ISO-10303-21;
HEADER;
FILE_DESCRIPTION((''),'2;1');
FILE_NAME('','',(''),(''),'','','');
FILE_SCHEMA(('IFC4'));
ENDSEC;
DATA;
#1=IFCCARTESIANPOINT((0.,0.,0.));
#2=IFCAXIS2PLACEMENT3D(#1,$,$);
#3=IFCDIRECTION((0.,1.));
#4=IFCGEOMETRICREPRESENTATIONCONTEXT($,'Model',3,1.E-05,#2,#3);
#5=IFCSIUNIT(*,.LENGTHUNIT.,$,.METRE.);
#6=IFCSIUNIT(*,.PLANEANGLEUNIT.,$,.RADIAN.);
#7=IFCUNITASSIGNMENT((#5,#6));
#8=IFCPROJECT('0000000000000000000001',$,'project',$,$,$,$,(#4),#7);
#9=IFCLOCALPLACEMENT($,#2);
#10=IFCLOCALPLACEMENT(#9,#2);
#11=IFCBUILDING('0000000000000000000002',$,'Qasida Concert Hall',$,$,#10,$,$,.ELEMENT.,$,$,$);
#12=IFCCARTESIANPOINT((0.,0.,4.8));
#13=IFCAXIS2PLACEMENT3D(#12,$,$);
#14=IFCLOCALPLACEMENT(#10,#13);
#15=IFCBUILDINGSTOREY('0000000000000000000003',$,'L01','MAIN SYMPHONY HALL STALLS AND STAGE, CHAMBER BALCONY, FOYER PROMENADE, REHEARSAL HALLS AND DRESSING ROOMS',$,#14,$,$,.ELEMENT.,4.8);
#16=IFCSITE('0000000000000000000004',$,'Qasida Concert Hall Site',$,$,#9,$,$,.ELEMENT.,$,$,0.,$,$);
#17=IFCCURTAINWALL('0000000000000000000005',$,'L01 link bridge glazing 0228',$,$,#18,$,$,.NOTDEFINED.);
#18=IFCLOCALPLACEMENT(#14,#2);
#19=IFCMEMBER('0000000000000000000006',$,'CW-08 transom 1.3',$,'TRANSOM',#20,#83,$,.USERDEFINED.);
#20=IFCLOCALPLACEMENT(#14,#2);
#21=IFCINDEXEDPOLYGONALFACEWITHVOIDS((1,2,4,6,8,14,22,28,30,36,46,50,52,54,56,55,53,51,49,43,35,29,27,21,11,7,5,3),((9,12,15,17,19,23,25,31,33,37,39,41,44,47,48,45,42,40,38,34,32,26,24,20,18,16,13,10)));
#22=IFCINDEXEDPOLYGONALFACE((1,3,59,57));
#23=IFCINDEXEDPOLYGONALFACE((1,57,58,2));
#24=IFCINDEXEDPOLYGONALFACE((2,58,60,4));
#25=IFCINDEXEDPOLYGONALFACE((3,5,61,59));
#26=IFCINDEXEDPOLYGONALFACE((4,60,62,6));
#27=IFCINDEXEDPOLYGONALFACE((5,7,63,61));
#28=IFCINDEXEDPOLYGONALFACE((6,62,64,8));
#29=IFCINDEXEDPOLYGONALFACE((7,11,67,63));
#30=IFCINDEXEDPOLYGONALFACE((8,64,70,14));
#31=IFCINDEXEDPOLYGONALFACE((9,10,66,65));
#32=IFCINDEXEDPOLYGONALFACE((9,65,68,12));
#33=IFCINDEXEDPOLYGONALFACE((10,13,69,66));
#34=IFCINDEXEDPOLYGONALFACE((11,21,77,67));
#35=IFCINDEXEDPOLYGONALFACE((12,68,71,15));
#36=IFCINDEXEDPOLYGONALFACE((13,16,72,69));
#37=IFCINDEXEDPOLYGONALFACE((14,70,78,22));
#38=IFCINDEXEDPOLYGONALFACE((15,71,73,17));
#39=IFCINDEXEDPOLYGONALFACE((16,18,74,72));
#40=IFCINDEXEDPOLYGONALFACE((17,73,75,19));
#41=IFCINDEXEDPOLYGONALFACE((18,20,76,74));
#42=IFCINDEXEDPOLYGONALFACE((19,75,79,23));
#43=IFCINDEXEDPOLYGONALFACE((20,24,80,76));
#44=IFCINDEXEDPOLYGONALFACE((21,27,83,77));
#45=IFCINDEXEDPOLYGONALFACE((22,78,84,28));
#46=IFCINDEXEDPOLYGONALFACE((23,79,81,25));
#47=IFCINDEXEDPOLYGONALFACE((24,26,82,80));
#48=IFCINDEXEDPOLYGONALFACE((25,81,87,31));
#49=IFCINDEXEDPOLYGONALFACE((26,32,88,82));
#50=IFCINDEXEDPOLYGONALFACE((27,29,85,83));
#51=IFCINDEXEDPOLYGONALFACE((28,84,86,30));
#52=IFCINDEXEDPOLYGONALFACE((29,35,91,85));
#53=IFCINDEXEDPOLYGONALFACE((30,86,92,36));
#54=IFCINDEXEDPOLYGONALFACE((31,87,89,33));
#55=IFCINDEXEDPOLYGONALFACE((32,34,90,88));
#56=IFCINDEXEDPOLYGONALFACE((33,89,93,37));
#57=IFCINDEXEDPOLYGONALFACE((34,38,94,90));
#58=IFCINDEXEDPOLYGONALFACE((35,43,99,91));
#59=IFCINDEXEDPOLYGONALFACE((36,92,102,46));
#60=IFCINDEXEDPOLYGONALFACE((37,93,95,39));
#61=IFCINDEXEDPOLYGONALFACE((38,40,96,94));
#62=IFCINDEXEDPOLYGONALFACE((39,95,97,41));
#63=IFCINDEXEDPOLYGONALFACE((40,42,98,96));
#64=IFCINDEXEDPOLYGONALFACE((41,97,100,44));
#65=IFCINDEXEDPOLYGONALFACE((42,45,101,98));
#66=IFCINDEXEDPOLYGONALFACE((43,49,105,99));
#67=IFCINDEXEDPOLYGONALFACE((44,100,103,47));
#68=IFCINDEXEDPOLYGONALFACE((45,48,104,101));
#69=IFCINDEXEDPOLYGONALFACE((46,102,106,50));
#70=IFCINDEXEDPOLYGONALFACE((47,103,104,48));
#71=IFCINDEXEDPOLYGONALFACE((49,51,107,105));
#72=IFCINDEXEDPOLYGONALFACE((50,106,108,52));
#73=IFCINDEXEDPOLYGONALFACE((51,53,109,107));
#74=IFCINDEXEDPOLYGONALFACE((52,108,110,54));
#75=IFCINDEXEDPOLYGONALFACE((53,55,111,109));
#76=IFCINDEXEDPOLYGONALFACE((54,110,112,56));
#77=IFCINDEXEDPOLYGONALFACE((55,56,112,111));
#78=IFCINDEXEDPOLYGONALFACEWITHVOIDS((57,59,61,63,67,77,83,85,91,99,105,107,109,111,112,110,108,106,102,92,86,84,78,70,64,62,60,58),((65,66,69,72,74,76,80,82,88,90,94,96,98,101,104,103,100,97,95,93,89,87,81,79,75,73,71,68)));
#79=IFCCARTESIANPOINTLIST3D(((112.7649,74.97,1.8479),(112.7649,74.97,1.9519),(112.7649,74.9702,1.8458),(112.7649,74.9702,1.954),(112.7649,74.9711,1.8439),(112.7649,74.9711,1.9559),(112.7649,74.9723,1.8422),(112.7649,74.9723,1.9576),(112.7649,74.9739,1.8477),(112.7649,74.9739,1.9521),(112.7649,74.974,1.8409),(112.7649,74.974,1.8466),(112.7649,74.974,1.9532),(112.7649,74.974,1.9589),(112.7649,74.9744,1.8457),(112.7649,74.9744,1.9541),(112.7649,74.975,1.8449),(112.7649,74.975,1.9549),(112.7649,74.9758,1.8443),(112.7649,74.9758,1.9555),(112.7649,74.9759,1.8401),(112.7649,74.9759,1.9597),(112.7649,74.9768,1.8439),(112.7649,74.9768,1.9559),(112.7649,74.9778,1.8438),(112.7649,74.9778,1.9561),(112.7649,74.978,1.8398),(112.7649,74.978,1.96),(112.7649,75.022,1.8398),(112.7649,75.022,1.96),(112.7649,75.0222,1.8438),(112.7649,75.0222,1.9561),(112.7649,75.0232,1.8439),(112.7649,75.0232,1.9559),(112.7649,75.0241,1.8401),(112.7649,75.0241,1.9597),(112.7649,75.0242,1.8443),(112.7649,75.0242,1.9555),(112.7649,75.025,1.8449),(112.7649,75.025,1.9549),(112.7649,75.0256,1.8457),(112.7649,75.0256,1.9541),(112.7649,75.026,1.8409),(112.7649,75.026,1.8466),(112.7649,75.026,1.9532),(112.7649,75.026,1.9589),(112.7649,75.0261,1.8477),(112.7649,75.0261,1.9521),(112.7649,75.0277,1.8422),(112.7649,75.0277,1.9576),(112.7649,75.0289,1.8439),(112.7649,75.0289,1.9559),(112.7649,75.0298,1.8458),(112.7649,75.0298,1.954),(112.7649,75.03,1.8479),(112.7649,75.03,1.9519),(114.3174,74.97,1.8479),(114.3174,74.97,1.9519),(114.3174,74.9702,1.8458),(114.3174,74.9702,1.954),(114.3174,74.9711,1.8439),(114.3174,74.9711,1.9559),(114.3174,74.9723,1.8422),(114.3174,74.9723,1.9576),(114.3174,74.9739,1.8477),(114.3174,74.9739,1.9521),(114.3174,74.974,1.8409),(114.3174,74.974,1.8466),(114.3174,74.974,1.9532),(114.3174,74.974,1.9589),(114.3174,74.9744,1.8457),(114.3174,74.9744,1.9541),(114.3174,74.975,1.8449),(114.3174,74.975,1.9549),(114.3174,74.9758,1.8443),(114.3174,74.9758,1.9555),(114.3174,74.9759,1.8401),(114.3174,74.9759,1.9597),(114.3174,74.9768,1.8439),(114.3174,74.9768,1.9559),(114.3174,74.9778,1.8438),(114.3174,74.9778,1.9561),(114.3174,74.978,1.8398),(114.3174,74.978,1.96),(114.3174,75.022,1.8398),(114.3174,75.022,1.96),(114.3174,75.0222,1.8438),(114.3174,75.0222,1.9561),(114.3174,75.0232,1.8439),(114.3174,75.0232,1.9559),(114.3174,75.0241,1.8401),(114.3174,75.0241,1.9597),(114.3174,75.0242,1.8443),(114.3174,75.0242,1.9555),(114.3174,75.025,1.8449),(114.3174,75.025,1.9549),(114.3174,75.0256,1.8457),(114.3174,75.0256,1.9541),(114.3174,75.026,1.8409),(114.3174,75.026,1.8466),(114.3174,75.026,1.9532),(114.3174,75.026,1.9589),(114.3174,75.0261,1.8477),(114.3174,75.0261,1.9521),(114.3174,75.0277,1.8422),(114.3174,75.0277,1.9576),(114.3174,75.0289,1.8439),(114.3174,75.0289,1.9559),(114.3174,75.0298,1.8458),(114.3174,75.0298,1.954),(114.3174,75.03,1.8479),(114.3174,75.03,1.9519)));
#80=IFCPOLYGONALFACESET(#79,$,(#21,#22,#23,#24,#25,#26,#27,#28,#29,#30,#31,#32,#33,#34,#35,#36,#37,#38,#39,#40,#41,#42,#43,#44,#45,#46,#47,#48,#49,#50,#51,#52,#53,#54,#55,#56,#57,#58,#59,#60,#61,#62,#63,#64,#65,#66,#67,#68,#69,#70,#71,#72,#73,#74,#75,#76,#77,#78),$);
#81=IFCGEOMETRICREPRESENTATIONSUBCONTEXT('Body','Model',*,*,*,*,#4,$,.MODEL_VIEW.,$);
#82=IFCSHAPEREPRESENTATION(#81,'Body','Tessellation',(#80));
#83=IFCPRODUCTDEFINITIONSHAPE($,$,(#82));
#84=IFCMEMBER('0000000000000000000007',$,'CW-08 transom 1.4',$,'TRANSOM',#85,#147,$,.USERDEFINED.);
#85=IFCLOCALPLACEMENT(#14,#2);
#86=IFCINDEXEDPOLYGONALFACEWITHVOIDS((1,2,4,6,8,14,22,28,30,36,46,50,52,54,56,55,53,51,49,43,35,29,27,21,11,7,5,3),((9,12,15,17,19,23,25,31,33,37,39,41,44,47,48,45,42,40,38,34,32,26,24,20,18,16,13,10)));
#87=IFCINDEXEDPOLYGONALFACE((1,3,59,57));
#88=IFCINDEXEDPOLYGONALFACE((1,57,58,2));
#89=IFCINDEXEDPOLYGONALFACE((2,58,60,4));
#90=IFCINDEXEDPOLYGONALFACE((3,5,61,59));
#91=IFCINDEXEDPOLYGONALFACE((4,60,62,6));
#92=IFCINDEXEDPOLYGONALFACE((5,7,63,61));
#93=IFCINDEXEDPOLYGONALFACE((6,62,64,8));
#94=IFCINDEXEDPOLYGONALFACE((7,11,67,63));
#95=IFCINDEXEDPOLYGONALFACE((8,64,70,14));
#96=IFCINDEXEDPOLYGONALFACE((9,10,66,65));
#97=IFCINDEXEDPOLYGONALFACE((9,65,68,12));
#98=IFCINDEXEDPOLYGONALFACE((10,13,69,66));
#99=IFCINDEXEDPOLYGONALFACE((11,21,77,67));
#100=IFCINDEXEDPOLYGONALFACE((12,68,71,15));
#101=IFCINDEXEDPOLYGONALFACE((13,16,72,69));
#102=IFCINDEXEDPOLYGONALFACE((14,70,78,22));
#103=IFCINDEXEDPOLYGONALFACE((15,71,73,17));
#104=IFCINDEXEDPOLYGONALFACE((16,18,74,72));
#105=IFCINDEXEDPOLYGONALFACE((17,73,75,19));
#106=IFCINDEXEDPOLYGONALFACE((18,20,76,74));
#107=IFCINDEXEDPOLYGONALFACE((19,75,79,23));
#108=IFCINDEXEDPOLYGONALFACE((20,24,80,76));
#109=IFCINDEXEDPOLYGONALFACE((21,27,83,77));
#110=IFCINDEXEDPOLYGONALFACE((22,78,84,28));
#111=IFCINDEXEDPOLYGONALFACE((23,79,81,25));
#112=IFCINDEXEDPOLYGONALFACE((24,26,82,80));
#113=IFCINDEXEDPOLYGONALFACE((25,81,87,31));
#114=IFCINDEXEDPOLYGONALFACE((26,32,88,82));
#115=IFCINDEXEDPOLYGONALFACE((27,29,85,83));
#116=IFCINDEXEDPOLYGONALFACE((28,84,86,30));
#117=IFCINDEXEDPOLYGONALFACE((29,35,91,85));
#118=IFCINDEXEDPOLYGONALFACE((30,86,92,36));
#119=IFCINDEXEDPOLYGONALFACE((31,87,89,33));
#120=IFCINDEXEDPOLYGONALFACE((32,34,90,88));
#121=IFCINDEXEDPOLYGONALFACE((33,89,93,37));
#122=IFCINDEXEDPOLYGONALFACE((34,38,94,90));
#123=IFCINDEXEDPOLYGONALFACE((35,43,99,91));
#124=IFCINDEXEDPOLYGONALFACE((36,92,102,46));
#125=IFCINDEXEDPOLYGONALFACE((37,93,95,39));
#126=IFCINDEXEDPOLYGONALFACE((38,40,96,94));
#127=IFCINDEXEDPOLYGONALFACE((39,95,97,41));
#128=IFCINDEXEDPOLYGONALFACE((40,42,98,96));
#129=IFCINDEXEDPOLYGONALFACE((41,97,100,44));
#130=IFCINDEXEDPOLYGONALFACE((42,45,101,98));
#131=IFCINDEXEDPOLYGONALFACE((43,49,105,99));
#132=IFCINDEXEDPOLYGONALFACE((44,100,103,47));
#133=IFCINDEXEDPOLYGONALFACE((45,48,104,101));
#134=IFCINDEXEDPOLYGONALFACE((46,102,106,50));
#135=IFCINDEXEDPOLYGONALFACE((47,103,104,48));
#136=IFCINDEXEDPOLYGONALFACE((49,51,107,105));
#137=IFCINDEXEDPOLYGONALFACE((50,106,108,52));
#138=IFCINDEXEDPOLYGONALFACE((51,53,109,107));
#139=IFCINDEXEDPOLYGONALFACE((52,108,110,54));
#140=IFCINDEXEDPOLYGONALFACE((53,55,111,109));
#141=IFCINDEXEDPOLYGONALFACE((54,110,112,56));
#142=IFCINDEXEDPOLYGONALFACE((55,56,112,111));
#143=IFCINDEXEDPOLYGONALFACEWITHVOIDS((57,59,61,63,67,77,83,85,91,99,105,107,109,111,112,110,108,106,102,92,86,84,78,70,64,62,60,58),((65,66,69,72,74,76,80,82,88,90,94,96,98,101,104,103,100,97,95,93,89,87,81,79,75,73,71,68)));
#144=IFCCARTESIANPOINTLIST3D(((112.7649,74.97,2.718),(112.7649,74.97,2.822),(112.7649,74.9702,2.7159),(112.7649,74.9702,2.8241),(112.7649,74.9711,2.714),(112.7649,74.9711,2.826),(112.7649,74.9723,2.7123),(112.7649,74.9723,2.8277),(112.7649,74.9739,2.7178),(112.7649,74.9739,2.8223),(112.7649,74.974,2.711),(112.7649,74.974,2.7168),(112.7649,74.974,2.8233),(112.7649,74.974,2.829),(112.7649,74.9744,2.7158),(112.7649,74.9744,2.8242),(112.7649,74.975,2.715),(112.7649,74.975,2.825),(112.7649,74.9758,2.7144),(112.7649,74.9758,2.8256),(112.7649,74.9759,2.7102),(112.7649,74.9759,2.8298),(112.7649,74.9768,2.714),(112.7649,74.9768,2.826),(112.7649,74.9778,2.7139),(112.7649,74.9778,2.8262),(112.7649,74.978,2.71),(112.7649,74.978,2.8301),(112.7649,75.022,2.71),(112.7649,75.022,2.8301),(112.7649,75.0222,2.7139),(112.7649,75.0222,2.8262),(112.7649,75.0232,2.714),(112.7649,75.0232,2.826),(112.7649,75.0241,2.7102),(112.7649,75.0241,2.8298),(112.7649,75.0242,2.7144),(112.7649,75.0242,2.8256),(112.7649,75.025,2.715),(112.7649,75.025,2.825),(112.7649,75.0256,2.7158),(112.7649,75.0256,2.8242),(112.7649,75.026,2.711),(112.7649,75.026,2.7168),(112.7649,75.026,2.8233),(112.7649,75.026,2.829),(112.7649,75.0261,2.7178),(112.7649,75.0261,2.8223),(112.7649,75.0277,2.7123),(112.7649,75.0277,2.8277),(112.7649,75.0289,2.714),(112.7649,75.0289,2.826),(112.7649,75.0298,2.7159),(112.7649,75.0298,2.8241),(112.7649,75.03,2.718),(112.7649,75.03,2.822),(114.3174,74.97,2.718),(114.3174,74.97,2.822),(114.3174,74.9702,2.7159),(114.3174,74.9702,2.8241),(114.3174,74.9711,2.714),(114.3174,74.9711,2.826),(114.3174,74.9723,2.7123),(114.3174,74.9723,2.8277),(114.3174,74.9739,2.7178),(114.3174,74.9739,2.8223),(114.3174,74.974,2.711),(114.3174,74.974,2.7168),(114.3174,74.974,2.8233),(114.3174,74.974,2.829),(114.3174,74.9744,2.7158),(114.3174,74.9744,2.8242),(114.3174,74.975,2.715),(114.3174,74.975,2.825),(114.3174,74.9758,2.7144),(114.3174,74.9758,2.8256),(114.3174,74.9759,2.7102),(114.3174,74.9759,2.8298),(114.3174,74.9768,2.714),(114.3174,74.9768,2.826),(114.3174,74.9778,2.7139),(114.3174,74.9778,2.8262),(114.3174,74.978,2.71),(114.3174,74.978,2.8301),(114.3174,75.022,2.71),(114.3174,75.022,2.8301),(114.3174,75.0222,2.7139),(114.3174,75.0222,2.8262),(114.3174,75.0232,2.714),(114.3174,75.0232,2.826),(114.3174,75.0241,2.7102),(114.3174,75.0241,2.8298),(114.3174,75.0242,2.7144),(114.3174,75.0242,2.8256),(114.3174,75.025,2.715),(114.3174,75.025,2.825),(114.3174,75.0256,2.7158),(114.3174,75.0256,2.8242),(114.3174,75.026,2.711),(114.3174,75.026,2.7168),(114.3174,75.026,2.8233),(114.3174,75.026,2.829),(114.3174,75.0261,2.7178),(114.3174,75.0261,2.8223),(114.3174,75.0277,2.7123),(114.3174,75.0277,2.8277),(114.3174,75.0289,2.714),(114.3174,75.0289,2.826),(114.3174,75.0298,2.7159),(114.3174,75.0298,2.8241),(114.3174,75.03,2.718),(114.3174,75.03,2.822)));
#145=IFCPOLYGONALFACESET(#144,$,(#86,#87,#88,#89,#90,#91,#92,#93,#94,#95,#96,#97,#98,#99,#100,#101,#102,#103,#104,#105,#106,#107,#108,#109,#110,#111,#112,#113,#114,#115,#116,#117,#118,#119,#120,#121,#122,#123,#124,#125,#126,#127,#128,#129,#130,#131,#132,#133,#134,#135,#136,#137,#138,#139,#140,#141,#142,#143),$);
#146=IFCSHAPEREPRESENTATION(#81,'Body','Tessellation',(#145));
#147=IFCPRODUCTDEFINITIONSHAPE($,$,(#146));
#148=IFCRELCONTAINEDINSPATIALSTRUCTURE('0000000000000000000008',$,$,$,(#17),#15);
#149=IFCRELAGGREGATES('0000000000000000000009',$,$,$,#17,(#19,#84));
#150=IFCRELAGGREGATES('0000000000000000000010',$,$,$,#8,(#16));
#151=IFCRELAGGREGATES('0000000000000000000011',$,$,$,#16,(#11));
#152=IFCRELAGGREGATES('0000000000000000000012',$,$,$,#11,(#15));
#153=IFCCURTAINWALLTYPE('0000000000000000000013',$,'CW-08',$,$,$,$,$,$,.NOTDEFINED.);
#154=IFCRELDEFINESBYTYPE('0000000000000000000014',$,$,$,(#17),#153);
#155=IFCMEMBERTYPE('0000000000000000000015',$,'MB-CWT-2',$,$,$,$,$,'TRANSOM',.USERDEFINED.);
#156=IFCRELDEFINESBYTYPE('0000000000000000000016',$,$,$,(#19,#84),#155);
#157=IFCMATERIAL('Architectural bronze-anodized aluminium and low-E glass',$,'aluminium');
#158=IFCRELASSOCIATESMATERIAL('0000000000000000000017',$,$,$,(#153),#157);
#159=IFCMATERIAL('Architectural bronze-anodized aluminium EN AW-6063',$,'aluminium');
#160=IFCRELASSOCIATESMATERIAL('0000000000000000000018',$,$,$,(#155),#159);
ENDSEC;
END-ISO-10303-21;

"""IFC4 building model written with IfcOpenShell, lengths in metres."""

from ifc_helpers import new_model, si_unit, direction, frame, origin, origin_2d, place, context, subcontext, project, spatial, hollow_rectangle, extrude, material, material_profile, profile_set, type_object, element, aggregate, save


model = new_model("IFC4")

# Units and contexts
model_context = context("Model", 3, precision=1e-05, world=origin(), true_north=direction((0.0, 1.0)))
body_context = subcontext(model_context, "Body", "Model", "MODEL_VIEW")
ifc_project = project(units=[si_unit("LENGTHUNIT", "METRE"), si_unit("PLANEANGLEUNIT", "RADIAN")], contexts=[model_context])

# Site, building, storey
site_placement = place(None, origin())
site = spatial("IfcSite", under=ifc_project, at=site_placement, Name="Qasida Concert Hall Site", CompositionType="ELEMENT", RefElevation=0.0)
building_placement = place(site_placement, origin())
building = spatial("IfcBuilding", under=site, at=building_placement, Name="Qasida Concert Hall", CompositionType="ELEMENT")
storey_placement = place(building_placement, frame((0.0, 0.0, 4.8)))
storey = spatial("IfcBuildingStorey", under=building, at=storey_placement, Name="L01", Description="MAIN SYMPHONY HALL STALLS AND STAGE, CHAMBER BALCONY, FOYER PROMENADE, REHEARSAL HALLS AND DRESSING ROOMS", CompositionType="ELEMENT", Elevation=4.8)

# Curtain wall, members
ifc_material_1 = material(Name="Architectural bronze-anodized aluminium and low-E glass", Category="aluminium")
curtain_wall_type = type_object("IfcCurtainWallType", Name="CW-08", PredefinedType="NOTDEFINED", material=ifc_material_1)
curtain_wall_placement = place(storey_placement, origin())
curtain_wall = element("IfcCurtainWall", 1, at=curtain_wall_placement, inside=storey, type_object=curtain_wall_type, Name="L01 link bridge glazing 0228", PredefinedType="NOTDEFINED")
ifc_material_2 = material(Name="Architectural bronze-anodized aluminium EN AW-6063", Category="aluminium")
ifc_material_profile_1 = material_profile(ifc_material_2, hollow_rectangle(XDim=0.0601, YDim=0.1201, WallThickness=0.0039, InnerFilletRadius=0.0039, OuterFilletRadius=0.0081, at=origin_2d()), Name="CWT 120x60x4")
ifc_profile_set_1 = profile_set([ifc_material_profile_1], Name="Architectural bronze-anodized aluminium EN AW-6063")
member_type_1 = type_object("IfcMemberType", Name="MB-CWT-2", ElementType="TRANSOM", PredefinedType="USERDEFINED", material=ifc_profile_set_1)
member_1_placement = place(storey_placement, frame((112.7649, 75.0, 1.8999), z_axis=(1.0, 0.0, 0.0), x_axis=(0.0, 1.0, 0.0)))
member_1 = element("IfcMember", 2, at=member_1_placement, type_object=member_type_1, Name="CW-08 transom 1.3", ObjectType="TRANSOM", PredefinedType="USERDEFINED", context=body_context, shape_type="SweptSolid", body=[
    extrude(hollow_rectangle(XDim=0.0601, YDim=0.1201, WallThickness=0.0039, InnerFilletRadius=0.0039, OuterFilletRadius=0.0081, at=origin_2d()), origin(), (0.0, 0.0, 1.0), 1.5525),
])
member_2_placement = place(storey_placement, frame((112.7649, 75.0, 2.77), z_axis=(1.0, 0.0, 0.0), x_axis=(0.0, 1.0, 0.0)))
member_2 = element("IfcMember", 3, at=member_2_placement, type_object=member_type_1, Name="CW-08 transom 1.4", ObjectType="TRANSOM", PredefinedType="USERDEFINED", context=body_context, shape_type="SweptSolid", body=[
    extrude(hollow_rectangle(XDim=0.0601, YDim=0.1201, WallThickness=0.0039, InnerFilletRadius=0.0039, OuterFilletRadius=0.0081, at=origin_2d()), origin(), (0.0, 0.0, 1.0), 1.5525),
])
aggregate(curtain_wall, [member_1, member_2])

save(model, "model.ifc")
